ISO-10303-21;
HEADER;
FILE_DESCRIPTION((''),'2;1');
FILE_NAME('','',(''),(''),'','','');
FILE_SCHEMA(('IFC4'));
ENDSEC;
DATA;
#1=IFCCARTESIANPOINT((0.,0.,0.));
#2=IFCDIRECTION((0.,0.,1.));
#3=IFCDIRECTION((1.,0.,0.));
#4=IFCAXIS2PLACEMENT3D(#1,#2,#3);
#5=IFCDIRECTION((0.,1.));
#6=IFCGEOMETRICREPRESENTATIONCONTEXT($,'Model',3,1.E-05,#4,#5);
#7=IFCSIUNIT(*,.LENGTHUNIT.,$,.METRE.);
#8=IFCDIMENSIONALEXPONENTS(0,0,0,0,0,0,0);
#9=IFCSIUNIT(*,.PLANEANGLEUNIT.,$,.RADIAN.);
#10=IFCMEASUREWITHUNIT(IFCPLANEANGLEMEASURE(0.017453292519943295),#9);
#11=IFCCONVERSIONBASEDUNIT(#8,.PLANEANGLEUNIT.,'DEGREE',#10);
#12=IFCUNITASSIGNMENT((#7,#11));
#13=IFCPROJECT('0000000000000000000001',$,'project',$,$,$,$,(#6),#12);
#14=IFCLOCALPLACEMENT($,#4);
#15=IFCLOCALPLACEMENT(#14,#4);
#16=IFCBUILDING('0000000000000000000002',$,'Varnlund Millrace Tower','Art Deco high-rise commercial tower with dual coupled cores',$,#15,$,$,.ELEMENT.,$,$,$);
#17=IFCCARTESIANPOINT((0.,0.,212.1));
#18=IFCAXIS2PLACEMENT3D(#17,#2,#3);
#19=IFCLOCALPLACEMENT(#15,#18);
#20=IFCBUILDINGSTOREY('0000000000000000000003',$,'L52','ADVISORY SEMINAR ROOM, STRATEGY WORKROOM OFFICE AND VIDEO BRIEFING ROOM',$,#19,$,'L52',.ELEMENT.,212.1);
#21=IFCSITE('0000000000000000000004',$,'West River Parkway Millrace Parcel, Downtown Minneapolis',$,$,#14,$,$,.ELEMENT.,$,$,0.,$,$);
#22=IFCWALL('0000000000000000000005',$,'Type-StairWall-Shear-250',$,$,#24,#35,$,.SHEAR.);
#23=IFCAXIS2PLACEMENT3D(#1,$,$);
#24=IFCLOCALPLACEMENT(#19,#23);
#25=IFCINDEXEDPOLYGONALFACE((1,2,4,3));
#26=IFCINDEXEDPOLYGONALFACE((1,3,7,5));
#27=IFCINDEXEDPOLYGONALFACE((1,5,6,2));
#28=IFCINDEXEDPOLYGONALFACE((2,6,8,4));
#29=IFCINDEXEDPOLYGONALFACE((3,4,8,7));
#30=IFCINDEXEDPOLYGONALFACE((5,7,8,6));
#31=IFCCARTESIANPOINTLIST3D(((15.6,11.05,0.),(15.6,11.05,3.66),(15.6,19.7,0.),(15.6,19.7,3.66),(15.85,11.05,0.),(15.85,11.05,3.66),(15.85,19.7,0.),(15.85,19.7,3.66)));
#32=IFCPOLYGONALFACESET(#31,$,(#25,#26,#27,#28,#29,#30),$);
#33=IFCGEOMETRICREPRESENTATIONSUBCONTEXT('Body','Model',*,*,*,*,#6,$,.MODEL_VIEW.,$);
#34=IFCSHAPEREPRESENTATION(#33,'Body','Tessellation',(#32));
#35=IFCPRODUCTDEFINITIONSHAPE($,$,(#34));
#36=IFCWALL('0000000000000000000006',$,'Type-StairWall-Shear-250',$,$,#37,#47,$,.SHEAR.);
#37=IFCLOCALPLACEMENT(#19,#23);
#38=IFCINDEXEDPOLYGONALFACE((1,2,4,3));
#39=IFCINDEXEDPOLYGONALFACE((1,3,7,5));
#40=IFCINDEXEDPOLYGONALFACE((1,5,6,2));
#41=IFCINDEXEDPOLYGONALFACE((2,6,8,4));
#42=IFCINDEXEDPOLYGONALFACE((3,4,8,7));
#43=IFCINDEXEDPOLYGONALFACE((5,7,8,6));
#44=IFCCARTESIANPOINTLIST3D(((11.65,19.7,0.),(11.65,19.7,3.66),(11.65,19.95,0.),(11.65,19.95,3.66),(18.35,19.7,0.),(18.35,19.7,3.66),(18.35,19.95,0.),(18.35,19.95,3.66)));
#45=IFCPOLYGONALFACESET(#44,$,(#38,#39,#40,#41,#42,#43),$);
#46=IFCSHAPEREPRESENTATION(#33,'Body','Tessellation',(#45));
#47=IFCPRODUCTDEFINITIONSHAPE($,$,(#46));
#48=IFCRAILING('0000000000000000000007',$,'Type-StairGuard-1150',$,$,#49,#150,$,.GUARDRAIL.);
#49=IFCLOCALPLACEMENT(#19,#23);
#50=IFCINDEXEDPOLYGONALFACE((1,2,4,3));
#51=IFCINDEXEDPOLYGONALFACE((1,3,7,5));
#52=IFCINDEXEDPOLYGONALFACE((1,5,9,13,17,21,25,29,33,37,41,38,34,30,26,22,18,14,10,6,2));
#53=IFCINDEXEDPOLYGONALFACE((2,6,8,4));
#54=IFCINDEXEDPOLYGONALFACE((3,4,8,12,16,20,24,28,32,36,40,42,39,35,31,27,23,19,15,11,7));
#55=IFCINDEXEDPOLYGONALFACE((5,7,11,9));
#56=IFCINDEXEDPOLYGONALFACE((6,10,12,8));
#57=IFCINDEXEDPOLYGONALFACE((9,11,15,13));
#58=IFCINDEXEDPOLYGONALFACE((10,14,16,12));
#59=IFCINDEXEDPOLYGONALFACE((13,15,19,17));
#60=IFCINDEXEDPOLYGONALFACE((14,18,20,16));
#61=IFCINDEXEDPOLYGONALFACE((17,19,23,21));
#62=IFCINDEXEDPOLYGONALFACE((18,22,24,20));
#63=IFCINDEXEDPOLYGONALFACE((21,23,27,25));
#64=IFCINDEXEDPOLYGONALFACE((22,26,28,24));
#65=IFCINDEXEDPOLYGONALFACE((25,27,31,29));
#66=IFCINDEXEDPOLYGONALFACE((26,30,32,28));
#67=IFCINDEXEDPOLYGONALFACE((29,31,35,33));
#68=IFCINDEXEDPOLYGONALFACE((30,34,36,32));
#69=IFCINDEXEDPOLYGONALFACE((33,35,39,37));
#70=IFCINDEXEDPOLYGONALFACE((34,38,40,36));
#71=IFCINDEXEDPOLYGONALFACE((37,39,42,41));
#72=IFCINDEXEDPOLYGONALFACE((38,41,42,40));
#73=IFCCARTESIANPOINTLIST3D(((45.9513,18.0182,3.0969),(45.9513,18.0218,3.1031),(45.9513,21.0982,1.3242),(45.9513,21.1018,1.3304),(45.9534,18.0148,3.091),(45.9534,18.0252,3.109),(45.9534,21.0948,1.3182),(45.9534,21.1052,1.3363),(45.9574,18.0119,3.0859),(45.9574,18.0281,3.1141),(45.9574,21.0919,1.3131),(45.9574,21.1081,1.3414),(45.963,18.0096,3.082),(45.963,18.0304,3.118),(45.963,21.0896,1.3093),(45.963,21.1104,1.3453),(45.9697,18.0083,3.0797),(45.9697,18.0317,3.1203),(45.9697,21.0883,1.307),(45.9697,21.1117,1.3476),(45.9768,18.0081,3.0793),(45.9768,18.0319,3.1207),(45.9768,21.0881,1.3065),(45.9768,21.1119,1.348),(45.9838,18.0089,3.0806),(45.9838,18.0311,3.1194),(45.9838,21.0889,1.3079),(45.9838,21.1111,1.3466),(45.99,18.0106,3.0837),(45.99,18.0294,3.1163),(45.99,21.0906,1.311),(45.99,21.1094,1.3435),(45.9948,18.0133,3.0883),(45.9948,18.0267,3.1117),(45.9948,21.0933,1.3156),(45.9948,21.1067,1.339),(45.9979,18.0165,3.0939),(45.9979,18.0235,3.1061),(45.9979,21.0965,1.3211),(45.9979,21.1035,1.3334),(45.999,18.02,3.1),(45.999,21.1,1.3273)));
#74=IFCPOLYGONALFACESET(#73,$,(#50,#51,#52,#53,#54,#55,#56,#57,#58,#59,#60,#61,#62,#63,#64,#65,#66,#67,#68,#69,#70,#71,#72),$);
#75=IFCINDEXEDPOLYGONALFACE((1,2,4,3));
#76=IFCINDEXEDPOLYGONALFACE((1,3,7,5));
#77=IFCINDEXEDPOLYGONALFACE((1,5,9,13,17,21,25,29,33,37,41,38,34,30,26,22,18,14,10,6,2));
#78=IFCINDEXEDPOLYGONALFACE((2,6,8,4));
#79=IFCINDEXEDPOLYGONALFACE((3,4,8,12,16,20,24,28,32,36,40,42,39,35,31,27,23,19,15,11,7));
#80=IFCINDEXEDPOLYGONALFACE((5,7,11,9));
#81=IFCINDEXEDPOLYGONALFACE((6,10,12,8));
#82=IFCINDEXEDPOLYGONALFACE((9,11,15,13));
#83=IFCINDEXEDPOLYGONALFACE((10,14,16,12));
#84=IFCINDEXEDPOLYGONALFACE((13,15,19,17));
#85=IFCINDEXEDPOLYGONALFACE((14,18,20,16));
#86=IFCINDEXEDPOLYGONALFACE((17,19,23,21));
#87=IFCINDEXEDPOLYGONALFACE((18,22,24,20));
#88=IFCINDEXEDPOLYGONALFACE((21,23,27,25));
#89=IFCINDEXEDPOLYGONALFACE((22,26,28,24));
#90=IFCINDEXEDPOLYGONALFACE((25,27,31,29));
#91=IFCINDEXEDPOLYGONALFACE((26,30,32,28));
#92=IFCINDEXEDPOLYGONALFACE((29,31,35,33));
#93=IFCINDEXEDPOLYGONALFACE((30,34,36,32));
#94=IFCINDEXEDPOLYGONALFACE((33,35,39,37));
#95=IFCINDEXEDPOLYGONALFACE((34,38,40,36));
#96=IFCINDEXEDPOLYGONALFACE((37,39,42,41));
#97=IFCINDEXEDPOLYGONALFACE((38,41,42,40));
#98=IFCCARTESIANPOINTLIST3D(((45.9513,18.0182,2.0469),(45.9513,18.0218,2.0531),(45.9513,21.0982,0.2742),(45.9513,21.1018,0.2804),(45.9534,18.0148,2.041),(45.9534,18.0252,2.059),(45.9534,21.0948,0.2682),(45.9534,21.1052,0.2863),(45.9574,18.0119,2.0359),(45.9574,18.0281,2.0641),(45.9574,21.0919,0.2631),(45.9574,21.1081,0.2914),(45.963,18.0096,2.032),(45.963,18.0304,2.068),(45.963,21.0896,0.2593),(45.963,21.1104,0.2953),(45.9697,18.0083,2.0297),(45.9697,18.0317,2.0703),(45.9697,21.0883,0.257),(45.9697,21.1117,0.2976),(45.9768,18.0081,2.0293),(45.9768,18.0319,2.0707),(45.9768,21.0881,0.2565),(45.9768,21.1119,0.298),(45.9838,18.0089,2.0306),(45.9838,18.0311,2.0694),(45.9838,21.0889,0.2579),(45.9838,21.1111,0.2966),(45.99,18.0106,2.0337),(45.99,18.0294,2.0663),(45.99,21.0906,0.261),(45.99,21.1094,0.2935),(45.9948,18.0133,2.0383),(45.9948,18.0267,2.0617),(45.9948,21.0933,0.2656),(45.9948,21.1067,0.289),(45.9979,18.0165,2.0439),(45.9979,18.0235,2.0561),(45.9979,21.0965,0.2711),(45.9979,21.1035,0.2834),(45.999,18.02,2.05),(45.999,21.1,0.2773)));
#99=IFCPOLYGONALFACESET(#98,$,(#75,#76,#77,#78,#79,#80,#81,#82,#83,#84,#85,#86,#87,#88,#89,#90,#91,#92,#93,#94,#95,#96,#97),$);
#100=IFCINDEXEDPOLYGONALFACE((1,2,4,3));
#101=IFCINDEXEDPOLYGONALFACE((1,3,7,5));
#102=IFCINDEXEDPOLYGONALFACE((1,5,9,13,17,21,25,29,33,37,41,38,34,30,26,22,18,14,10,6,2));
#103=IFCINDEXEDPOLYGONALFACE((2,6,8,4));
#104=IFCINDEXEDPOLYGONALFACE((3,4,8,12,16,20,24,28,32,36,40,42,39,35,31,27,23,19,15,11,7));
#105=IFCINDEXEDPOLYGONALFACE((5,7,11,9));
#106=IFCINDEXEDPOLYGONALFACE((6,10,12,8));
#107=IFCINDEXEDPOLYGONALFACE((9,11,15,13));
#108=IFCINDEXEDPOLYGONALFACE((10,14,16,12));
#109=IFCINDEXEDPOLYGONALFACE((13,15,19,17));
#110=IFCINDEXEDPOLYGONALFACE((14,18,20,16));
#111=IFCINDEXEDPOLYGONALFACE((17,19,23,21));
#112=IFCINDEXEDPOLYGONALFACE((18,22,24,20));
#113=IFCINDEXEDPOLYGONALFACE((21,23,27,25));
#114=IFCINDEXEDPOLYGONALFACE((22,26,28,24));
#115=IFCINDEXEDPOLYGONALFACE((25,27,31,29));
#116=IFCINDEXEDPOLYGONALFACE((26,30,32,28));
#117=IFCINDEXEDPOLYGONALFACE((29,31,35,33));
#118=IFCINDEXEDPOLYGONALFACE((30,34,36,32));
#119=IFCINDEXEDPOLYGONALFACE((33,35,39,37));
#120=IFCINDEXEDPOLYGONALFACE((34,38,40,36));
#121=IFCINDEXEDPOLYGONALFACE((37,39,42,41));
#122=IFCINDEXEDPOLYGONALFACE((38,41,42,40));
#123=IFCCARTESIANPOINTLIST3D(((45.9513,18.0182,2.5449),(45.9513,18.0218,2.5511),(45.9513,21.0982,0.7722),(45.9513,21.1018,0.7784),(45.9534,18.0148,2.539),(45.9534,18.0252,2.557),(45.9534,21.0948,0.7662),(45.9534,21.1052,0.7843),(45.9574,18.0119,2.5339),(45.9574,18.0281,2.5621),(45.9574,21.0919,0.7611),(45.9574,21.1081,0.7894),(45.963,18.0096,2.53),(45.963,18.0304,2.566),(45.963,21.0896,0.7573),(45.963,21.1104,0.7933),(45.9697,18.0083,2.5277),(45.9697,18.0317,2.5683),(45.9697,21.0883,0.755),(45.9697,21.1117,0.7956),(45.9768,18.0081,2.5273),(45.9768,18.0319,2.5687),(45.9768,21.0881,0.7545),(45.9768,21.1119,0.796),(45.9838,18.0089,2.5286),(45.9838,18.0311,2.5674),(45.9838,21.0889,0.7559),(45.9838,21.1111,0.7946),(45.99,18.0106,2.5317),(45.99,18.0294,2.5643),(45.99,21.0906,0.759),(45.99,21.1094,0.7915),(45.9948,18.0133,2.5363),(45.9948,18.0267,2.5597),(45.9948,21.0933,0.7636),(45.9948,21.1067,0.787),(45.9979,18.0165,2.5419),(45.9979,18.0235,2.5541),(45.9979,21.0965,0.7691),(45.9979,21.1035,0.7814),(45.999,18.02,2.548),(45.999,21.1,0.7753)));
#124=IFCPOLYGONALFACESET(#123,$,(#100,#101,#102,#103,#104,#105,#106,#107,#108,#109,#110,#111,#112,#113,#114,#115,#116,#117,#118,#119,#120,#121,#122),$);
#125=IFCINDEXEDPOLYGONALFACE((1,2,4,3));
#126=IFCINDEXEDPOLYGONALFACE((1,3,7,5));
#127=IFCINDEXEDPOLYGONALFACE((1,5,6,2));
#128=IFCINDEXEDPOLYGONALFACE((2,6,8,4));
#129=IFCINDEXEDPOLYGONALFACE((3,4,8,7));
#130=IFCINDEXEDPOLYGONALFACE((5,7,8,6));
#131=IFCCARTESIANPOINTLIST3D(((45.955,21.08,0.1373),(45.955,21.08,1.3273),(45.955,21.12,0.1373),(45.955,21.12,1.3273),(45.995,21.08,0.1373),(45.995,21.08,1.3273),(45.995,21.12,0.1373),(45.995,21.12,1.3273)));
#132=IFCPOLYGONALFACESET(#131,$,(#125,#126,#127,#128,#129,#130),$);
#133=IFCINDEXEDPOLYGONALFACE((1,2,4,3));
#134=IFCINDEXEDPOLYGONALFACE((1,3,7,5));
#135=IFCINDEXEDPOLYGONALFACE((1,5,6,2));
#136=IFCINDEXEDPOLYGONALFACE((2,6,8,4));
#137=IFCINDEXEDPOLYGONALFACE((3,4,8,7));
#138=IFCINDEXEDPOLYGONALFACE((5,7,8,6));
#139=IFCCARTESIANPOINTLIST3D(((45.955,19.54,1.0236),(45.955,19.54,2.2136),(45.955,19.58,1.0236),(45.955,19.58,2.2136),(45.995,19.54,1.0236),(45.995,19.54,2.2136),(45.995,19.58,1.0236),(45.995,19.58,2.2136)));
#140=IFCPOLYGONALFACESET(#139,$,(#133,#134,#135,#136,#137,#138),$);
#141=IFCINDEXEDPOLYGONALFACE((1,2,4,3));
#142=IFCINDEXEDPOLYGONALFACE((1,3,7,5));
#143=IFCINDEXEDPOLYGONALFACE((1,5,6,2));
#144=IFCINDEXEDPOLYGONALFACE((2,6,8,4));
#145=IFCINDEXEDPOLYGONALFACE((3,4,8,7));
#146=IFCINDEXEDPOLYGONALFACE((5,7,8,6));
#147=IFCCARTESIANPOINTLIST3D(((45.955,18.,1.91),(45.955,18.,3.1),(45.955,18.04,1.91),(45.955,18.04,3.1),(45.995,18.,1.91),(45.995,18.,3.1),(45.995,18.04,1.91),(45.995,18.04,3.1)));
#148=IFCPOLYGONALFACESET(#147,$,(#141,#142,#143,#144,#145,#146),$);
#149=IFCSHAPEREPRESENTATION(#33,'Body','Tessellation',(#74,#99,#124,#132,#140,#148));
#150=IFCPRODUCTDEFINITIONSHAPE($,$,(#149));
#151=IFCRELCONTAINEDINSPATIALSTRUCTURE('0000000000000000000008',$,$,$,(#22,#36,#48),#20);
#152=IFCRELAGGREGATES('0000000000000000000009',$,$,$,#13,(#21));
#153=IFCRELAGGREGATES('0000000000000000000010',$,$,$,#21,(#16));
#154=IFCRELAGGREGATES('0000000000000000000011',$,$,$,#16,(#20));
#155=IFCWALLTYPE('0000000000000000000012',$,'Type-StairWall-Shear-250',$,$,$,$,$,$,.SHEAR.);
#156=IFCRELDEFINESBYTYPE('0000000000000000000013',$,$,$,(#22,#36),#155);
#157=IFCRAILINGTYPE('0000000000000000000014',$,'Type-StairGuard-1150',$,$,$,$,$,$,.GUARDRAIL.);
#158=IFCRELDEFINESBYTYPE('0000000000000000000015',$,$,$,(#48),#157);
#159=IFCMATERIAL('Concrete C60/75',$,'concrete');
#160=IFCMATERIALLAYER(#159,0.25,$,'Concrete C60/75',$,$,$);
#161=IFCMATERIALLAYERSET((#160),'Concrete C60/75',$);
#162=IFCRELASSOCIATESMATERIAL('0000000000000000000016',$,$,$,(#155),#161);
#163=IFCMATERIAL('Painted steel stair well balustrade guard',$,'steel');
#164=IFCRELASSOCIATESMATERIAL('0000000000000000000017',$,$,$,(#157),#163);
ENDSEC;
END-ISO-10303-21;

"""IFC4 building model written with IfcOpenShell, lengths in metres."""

from ifc_helpers import new_model, entity, si_unit, converted_unit, direction, frame, origin_with_axes, origin_2d_with_axis, place, context, subcontext, project, spatial, polyline, rectangle, circle, outline, extrude, material, layer, layer_set, type_object, element, save


model = new_model("IFC4")

# Units and contexts
model_context = context("Model", 3, precision=1e-05, world=origin_with_axes(), true_north=direction((0.0, 1.0)))
body_context = subcontext(model_context, "Body", "Model", "MODEL_VIEW")
ifc_project = project(units=[si_unit("LENGTHUNIT", "METRE"), converted_unit("PLANEANGLEUNIT", "DEGREE", entity("IfcPlaneAngleMeasure", 0.017453292519943295), si_unit("PLANEANGLEUNIT", "RADIAN"), dimensions=[0, 0, 0, 0, 0, 0, 0])], contexts=[model_context])

# Site, building, storey
site_placement = place(None, origin_with_axes())
site = spatial("IfcSite", under=ifc_project, at=site_placement, Name="West River Parkway Millrace Parcel, Downtown Minneapolis", CompositionType="ELEMENT", RefElevation=0.0)
building_placement = place(site_placement, origin_with_axes())
building = spatial("IfcBuilding", under=site, at=building_placement, Name="Varnlund Millrace Tower", Description="Art Deco high-rise commercial tower with dual coupled cores", CompositionType="ELEMENT")
storey_placement = place(building_placement, frame((0.0, 0.0, 212.1), z_axis=(0.0, 0.0, 1.0), x_axis=(1.0, 0.0, 0.0)))
storey = spatial("IfcBuildingStorey", under=building, at=storey_placement, Name="L52", Description="ADVISORY SEMINAR ROOM, STRATEGY WORKROOM OFFICE AND VIDEO BRIEFING ROOM", LongName="L52", CompositionType="ELEMENT", Elevation=212.1)

# Shared definitions
ifc_material_1 = material(Name="Concrete C60/75", Category="concrete")

# Walls
ifc_layer_1 = layer(ifc_material_1, 0.25, Name="Concrete C60/75")
ifc_layer_set_1 = layer_set([ifc_layer_1], Name="Concrete C60/75")
wall_type_1 = type_object("IfcWallType", Name="Type-StairWall-Shear-250", PredefinedType="SHEAR", material=ifc_layer_set_1)
wall_1_placement = place(storey_placement, frame((15.725, 11.05, 0.0), z_axis=(0.0, 0.0, 1.0), x_axis=(0.0, 1.0, 0.0)))
element("IfcWall", 1, at=wall_1_placement, inside=storey, type_object=wall_type_1, Name="Type-StairWall-Shear-250", PredefinedType="SHEAR", context=body_context, shape_type="SweptSolid", body=[
    extrude(outline(polyline([(0.0, -0.125), (8.65, -0.125), (8.65, 0.125), (0.0, 0.125), (0.0, -0.125)])), origin_with_axes(), (0.0, 0.0, 1.0), 3.66),
])
wall_2_placement = place(storey_placement, frame((11.65, 19.825, 0.0), z_axis=(0.0, 0.0, 1.0), x_axis=(1.0, 0.0, 0.0)))
element("IfcWall", 2, at=wall_2_placement, inside=storey, type_object=wall_type_1, Name="Type-StairWall-Shear-250", PredefinedType="SHEAR", context=body_context, shape_type="SweptSolid", body=[
    extrude(outline(polyline([(0.0, -0.125), (6.7, -0.125), (6.7, 0.125), (0.0, 0.125), (0.0, -0.125)])), origin_with_axes(), (0.0, 0.0, 1.0), 3.66),
])

# Railing
ifc_material_2 = material(Name="Painted steel stair well balustrade guard", Category="steel")
railing_type_1 = type_object("IfcRailingType", Name="Type-StairGuard-1150", PredefinedType="GUARDRAIL", material=ifc_material_2)
railing_1_placement = place(storey_placement, frame((0.0, 0.0, -212.1), z_axis=(0.0, 0.0, 1.0), x_axis=(1.0, 0.0, 0.0)))
element("IfcRailing", 3, at=railing_1_placement, inside=storey, type_object=railing_type_1, Name="Type-StairGuard-1150", PredefinedType="GUARDRAIL", context=body_context, shape_type="SweptSolid", body=[
    extrude(circle(Radius=0.024, at=origin_2d_with_axis()), frame((45.975, 21.1, 213.4273), z_axis=(0.0, -0.866696, 0.498836), x_axis=(1.0, 0.0, 0.0)), (0.0, 0.0, 1.0), 3.5537),
    extrude(circle(Radius=0.024, at=origin_2d_with_axis()), frame((45.975, 21.1, 212.3773), z_axis=(0.0, -0.866696, 0.498836), x_axis=(1.0, 0.0, 0.0)), (0.0, 0.0, 1.0), 3.5537),
    extrude(circle(Radius=0.024, at=origin_2d_with_axis()), frame((45.975, 21.1, 212.8753), z_axis=(0.0, -0.866696, 0.498836), x_axis=(1.0, 0.0, 0.0)), (0.0, 0.0, 1.0), 3.5537),
    extrude(rectangle(XDim=0.04, YDim=0.04, at=origin_2d_with_axis()), frame((45.975, 21.1, 212.2373), z_axis=(0.0, 0.0, 1.0), x_axis=(1.0, 0.0, 0.0)), (0.0, 0.0, 1.0), 1.19),
    extrude(rectangle(XDim=0.04, YDim=0.04, at=origin_2d_with_axis()), frame((45.975, 19.56, 213.1236), z_axis=(0.0, 0.0, 1.0), x_axis=(1.0, 0.0, 0.0)), (0.0, 0.0, 1.0), 1.19),
    extrude(rectangle(XDim=0.04, YDim=0.04, at=origin_2d_with_axis()), frame((45.975, 18.02, 214.01), z_axis=(0.0, 0.0, 1.0), x_axis=(1.0, 0.0, 0.0)), (0.0, 0.0, 1.0), 1.19),
])

save(model, "model.ifc")
